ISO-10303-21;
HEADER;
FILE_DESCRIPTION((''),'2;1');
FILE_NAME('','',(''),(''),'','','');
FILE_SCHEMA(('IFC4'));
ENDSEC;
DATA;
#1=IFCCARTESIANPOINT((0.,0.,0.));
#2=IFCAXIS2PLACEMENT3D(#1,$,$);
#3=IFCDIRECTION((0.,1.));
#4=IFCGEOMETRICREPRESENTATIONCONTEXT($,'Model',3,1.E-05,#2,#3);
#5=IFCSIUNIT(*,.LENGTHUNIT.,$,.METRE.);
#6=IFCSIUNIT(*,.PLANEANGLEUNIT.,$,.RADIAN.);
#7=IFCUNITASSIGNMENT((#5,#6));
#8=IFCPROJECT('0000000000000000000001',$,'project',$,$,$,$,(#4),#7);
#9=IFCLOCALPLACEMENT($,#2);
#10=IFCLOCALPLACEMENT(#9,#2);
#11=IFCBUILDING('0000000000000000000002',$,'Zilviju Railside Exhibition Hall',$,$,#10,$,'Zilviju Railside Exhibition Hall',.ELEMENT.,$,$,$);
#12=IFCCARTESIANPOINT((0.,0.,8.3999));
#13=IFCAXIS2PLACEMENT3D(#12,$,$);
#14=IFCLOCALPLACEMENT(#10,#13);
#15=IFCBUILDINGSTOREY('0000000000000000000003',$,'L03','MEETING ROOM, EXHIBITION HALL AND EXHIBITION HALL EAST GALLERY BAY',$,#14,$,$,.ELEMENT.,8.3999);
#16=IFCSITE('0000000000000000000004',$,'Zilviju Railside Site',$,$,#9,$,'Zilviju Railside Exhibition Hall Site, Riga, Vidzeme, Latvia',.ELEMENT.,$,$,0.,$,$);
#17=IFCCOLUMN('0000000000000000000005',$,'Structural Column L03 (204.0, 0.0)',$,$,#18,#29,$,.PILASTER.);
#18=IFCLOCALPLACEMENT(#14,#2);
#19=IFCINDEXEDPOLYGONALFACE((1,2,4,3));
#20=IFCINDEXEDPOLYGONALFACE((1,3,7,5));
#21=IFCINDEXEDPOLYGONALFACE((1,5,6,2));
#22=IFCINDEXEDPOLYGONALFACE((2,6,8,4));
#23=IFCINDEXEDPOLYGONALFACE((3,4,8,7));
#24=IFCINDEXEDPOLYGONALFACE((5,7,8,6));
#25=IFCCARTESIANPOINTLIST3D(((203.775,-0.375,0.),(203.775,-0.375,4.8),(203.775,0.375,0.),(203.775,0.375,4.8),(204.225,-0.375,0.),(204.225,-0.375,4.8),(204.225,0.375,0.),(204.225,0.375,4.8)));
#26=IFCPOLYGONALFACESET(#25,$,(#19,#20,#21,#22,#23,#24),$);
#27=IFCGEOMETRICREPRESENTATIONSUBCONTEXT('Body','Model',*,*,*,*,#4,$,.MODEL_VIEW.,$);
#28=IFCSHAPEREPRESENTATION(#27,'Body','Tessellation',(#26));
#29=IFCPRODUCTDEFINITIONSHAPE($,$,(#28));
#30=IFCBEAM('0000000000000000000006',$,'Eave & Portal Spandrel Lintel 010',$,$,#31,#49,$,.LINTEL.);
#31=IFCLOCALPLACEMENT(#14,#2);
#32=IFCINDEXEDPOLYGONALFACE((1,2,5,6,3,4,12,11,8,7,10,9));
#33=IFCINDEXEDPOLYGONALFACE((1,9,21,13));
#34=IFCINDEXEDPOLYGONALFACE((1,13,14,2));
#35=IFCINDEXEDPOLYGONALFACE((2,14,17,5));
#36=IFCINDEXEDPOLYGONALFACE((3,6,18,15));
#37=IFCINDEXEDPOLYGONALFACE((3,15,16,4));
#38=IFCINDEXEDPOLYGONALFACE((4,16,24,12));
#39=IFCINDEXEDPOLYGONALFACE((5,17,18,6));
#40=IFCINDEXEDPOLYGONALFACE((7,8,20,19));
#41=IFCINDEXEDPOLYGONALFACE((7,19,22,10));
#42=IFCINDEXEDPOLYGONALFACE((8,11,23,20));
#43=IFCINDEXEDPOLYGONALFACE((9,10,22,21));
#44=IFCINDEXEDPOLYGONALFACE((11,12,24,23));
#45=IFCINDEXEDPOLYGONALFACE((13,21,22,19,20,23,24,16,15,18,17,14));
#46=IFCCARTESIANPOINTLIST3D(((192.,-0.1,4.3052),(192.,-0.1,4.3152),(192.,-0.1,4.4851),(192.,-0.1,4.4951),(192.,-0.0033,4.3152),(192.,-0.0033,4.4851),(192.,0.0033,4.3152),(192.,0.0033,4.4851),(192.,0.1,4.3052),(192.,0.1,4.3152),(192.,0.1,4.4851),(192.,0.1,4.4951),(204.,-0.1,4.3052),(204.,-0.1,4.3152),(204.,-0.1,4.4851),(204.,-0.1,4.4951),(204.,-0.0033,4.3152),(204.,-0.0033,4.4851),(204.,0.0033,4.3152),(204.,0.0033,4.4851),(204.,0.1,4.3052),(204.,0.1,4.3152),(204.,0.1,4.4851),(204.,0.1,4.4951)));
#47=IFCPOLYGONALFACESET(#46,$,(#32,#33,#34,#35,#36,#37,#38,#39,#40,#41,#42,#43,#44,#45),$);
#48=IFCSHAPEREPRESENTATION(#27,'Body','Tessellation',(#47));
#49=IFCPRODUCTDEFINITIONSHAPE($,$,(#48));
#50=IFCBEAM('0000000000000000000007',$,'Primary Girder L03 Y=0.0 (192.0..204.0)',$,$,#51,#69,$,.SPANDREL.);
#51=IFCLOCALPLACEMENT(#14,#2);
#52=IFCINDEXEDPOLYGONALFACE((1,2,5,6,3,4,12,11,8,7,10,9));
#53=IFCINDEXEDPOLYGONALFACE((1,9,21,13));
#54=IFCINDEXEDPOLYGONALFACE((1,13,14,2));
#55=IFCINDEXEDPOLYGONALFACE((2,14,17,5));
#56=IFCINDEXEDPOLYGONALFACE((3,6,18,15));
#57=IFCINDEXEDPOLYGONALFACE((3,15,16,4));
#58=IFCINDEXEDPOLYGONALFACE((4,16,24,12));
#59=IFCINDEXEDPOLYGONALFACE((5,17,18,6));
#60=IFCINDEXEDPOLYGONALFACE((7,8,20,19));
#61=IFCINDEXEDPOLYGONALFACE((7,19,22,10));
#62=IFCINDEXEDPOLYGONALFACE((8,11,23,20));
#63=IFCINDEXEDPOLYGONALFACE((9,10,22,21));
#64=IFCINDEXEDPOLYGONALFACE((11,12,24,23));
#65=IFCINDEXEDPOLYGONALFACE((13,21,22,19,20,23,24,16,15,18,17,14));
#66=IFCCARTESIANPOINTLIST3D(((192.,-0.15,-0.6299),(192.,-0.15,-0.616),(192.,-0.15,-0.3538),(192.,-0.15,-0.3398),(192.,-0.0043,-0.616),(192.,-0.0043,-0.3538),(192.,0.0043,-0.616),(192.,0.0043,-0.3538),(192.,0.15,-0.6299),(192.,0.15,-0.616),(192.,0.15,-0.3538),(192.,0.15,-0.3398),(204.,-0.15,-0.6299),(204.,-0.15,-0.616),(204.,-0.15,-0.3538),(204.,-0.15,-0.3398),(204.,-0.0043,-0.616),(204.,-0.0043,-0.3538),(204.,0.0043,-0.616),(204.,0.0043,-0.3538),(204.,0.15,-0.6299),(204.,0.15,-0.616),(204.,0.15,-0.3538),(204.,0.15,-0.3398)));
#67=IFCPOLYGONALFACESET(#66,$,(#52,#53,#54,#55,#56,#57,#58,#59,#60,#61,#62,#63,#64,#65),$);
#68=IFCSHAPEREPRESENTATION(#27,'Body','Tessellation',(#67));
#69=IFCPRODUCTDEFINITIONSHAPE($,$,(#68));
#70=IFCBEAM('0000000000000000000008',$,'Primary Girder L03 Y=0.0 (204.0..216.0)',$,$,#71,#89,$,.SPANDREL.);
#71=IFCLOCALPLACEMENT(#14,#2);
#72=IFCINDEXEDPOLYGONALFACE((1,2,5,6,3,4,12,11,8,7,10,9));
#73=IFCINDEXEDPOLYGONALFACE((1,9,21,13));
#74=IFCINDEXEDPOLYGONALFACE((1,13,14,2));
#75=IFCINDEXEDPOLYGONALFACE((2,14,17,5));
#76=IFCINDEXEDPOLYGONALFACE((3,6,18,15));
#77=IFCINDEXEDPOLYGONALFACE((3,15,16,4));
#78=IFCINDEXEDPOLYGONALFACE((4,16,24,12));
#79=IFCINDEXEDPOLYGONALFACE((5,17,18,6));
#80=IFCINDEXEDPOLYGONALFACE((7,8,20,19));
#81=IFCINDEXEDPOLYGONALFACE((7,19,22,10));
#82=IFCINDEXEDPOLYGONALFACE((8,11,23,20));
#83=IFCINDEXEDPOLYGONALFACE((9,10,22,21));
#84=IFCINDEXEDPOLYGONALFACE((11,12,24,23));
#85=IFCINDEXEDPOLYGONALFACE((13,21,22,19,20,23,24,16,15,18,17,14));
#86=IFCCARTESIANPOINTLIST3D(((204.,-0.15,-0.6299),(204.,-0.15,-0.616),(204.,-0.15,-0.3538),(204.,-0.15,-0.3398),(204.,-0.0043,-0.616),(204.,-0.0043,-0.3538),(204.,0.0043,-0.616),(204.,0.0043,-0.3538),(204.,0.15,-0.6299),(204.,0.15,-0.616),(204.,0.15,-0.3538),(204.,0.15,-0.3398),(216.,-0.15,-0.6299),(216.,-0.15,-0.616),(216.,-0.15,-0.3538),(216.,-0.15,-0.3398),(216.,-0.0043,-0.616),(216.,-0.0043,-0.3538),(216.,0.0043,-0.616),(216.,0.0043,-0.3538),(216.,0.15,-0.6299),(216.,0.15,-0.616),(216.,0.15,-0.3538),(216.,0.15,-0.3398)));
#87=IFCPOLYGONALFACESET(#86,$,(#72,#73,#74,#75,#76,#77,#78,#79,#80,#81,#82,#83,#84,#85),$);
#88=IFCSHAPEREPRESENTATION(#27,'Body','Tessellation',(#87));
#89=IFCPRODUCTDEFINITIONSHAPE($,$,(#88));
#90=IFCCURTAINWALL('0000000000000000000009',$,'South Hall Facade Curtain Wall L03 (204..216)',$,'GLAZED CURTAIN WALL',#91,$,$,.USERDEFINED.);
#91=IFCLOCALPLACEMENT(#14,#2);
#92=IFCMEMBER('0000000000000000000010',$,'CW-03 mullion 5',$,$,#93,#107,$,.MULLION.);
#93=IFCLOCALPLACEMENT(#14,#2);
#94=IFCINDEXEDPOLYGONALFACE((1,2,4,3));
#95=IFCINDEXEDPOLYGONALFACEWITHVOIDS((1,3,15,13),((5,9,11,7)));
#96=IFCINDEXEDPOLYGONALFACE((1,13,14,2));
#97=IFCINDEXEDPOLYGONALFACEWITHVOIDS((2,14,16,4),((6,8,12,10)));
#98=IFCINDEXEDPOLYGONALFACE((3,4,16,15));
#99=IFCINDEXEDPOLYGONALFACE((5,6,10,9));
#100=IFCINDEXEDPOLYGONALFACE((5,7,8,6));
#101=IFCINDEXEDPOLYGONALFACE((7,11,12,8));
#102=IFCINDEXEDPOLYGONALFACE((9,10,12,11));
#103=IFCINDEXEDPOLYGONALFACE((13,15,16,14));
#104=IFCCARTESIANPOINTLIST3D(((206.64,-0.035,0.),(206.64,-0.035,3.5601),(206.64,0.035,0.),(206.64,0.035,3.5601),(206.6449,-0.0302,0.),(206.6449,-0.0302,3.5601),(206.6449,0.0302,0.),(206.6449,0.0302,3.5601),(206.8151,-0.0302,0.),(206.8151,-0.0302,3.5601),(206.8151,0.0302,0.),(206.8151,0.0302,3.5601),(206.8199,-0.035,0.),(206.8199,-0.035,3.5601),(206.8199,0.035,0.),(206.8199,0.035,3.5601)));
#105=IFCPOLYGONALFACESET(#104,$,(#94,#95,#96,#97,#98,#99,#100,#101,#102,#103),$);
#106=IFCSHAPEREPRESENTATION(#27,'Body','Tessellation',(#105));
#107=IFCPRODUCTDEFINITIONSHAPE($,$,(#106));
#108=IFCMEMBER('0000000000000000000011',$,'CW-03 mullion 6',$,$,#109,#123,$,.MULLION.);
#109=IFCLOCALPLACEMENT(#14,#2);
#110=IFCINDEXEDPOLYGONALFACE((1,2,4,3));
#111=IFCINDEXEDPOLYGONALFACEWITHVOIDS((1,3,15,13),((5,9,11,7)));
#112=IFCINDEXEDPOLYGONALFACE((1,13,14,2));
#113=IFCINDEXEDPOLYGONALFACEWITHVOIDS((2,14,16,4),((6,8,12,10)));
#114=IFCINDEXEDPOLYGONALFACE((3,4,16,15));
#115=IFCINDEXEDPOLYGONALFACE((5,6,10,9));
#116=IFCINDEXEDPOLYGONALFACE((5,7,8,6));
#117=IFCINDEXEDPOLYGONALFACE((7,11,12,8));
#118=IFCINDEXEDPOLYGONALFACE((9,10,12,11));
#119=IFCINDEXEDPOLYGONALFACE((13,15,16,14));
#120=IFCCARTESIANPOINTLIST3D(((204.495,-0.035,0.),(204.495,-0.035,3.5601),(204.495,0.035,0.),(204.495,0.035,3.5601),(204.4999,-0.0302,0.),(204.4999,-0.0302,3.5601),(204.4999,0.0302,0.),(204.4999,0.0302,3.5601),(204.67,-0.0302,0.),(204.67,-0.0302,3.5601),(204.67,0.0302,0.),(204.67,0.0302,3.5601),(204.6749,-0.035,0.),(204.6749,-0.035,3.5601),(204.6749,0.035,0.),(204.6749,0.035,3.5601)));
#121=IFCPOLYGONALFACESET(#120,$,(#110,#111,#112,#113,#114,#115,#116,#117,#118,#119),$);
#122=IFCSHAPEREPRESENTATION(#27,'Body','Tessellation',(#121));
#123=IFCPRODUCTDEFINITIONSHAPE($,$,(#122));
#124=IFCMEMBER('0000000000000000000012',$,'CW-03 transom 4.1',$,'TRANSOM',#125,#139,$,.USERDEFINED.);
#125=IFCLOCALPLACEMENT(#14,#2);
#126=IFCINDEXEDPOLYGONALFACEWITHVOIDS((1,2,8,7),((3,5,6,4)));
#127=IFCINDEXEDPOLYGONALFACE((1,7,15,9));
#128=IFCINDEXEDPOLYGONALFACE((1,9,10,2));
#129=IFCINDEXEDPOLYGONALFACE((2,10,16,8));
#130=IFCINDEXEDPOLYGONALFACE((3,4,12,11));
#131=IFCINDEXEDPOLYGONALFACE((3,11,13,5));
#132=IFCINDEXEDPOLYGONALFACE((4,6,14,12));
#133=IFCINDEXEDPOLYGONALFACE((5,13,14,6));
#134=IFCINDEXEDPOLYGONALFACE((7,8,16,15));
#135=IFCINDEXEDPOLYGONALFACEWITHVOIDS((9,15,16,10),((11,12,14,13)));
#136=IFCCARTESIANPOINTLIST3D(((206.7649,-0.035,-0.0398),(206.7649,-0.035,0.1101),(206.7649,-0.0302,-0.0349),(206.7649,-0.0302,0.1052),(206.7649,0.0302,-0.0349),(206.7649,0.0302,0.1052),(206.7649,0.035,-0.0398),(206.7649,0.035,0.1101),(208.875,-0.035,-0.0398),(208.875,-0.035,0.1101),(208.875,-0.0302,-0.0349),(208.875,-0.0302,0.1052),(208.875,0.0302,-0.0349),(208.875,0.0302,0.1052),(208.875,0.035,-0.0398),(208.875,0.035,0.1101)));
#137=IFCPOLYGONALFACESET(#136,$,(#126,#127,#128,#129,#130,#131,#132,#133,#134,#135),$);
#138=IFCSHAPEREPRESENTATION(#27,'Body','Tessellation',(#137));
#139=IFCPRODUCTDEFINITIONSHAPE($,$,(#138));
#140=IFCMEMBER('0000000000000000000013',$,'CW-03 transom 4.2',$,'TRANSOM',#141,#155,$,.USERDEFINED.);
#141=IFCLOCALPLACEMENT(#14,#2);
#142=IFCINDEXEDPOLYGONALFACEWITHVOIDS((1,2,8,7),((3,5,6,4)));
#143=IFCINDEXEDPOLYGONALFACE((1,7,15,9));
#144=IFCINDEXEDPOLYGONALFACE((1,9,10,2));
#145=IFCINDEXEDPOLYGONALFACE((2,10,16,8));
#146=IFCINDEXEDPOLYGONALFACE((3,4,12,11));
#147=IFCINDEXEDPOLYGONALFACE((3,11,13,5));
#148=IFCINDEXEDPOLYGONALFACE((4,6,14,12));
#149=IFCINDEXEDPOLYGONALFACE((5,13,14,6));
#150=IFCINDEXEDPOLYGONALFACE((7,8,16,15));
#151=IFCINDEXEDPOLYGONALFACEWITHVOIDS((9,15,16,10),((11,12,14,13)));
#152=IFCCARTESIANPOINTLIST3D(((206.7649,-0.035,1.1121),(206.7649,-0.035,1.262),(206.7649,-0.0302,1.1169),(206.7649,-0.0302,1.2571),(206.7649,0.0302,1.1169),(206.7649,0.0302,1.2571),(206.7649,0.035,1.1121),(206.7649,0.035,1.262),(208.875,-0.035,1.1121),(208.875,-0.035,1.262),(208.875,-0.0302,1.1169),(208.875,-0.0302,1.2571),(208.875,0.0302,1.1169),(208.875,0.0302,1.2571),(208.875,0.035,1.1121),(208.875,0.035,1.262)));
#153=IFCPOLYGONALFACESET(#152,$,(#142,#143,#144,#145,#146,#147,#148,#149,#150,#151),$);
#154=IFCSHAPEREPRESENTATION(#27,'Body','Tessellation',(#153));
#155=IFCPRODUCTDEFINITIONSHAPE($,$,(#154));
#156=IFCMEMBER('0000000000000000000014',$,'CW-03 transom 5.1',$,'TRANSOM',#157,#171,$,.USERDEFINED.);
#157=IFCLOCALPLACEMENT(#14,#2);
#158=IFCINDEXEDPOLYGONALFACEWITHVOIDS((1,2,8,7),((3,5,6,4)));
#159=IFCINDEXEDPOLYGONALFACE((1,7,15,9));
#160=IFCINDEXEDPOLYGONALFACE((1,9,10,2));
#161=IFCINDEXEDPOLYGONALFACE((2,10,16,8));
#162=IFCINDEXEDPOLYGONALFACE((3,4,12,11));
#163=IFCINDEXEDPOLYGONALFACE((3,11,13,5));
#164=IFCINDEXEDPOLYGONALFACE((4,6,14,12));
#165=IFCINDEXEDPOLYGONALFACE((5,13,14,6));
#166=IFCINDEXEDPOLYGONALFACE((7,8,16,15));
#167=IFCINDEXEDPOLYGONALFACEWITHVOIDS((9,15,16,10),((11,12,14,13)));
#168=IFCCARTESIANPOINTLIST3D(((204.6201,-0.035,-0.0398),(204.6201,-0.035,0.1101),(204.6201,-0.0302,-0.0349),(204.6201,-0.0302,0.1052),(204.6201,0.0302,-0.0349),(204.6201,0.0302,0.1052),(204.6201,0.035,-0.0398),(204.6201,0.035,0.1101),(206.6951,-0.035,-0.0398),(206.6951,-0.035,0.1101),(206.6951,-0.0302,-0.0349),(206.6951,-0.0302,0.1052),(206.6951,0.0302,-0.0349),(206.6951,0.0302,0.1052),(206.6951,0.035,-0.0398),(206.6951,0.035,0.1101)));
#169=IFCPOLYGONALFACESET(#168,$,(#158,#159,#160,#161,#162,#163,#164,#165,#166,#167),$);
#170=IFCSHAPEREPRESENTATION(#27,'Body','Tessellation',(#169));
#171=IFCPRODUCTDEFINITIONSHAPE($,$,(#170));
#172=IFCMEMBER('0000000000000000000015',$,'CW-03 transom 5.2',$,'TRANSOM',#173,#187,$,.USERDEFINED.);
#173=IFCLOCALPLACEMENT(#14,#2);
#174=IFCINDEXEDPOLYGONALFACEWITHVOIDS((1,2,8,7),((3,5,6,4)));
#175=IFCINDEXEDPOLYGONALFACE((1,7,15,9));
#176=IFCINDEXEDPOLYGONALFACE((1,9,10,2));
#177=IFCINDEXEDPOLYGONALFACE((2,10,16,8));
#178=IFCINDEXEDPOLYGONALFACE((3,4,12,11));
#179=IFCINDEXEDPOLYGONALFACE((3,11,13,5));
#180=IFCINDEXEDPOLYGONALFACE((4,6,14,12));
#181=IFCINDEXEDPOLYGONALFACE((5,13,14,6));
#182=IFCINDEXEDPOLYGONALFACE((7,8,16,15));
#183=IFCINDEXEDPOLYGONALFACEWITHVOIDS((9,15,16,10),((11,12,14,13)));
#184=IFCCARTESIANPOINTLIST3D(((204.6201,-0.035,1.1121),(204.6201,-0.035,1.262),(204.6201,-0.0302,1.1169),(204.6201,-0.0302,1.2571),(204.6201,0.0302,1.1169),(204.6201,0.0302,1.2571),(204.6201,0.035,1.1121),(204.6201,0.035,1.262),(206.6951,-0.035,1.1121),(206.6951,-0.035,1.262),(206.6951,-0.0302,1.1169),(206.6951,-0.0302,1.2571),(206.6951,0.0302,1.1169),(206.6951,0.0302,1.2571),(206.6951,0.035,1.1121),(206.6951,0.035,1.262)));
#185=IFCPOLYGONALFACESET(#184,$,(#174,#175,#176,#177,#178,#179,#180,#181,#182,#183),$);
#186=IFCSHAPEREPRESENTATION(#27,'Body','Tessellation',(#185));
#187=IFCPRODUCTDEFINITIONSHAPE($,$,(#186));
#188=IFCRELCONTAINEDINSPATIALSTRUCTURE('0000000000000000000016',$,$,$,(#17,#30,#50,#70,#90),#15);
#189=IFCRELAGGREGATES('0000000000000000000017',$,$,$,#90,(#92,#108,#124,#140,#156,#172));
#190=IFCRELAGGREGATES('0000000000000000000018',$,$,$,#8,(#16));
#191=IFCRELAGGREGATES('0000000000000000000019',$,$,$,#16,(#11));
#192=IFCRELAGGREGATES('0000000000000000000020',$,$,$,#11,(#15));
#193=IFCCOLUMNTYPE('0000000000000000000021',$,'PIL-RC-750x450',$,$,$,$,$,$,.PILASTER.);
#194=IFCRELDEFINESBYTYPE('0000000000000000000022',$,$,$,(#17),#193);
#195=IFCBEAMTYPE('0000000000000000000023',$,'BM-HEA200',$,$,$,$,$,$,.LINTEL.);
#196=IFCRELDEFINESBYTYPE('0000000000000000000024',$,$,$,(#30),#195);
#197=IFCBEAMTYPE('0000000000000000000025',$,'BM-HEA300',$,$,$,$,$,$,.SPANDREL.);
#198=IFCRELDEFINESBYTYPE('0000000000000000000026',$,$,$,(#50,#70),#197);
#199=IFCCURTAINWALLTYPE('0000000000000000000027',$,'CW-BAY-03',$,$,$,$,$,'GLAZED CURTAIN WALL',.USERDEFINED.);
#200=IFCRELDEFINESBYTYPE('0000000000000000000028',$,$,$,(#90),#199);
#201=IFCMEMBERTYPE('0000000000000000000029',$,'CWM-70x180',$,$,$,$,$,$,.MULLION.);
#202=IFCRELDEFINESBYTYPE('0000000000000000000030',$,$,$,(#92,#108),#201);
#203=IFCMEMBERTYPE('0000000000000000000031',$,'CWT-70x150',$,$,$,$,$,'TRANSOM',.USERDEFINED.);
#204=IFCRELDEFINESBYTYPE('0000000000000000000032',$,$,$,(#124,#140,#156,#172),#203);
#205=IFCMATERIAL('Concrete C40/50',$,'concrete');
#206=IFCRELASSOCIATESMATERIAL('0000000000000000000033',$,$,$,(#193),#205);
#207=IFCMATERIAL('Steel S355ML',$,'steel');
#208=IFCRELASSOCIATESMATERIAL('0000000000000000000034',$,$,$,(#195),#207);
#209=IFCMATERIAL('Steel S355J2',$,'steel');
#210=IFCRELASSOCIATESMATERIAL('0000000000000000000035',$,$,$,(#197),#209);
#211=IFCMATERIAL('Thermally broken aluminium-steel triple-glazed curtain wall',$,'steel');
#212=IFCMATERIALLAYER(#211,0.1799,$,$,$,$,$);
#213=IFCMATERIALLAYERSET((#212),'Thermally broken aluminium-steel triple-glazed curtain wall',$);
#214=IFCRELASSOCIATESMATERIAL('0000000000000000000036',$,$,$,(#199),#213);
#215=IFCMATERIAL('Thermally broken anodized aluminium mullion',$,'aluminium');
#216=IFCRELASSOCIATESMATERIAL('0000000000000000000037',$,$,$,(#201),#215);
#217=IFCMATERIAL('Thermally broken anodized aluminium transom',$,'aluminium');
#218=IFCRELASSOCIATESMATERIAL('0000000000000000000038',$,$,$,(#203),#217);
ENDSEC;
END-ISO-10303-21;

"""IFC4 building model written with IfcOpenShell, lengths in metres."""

from ifc_helpers import new_model, si_unit, direction, frame, origin, origin_2d, place, context, subcontext, project, spatial, rectangle, hollow_rectangle, i_section, extrude, material, layer, layer_set, material_profile, profile_set, type_object, element, aggregate, save


model = new_model("IFC4")

# Units and contexts
model_context = context("Model", 3, precision=1e-05, world=origin(), true_north=direction((0.0, 1.0)))
body_context = subcontext(model_context, "Body", "Model", "MODEL_VIEW")
ifc_project = project(units=[si_unit("LENGTHUNIT", "METRE"), si_unit("PLANEANGLEUNIT", "RADIAN")], contexts=[model_context])

# Site, building, storey
site_placement = place(None, origin())
site = spatial("IfcSite", under=ifc_project, at=site_placement, Name="Zilviju Railside Site", LongName="Zilviju Railside Exhibition Hall Site, Riga, Vidzeme, Latvia", CompositionType="ELEMENT", RefElevation=0.0)
building_placement = place(site_placement, origin())
building = spatial("IfcBuilding", under=site, at=building_placement, Name="Zilviju Railside Exhibition Hall", LongName="Zilviju Railside Exhibition Hall", CompositionType="ELEMENT")
storey_placement = place(building_placement, frame((0.0, 0.0, 8.3999)))
storey = spatial("IfcBuildingStorey", under=building, at=storey_placement, Name="L03", Description="MEETING ROOM, EXHIBITION HALL AND EXHIBITION HALL EAST GALLERY BAY", CompositionType="ELEMENT", Elevation=8.3999)

# Column
ifc_material_1 = material(Name="Concrete C40/50", Category="concrete")
ifc_material_profile_1 = material_profile(ifc_material_1, rectangle(XDim=0.45, YDim=0.75, at=origin_2d()), Name="RC COL 450x750")
ifc_profile_set_1 = profile_set([ifc_material_profile_1], Name="Concrete C40/50")
column_type = type_object("IfcColumnType", Name="PIL-RC-750x450", PredefinedType="PILASTER", material=ifc_profile_set_1)
column_placement = place(storey_placement, frame((204.0, 0.0, 0.0), z_axis=(0.0, 0.0, 1.0), x_axis=(1.0, 0.0, 0.0)))
element("IfcColumn", 1, at=column_placement, inside=storey, type_object=column_type, Name="Structural Column L03 (204.0, 0.0)", PredefinedType="PILASTER", context=body_context, shape_type="SweptSolid", body=[
    extrude(rectangle(XDim=0.45, YDim=0.75, at=origin_2d()), origin(), (0.0, 0.0, 1.0), 4.8),
])

# Beams
ifc_material_2 = material(Name="Steel S355ML", Category="steel")
ifc_material_profile_2 = material_profile(ifc_material_2, i_section(OverallWidth=0.2, OverallDepth=0.1899, WebThickness=0.0066, FlangeThickness=0.01, at=origin_2d()), Name="HEA 200")
ifc_profile_set_2 = profile_set([ifc_material_profile_2], Name="Steel S355ML")
beam_type_1 = type_object("IfcBeamType", Name="BM-HEA200", PredefinedType="LINTEL", material=ifc_profile_set_2)
beam_placement = place(storey_placement, frame((192.0, 0.0, 4.4001), z_axis=(1.0, 0.0, 0.0), x_axis=(0.0, 1.0, 0.0)))
element("IfcBeam", 2, at=beam_placement, inside=storey, type_object=beam_type_1, Name="Eave & Portal Spandrel Lintel 010", PredefinedType="LINTEL", context=body_context, shape_type="SweptSolid", body=[
    extrude(i_section(OverallWidth=0.2, OverallDepth=0.1899, WebThickness=0.0066, FlangeThickness=0.01, at=origin_2d()), origin(), (0.0, 0.0, 1.0), 12.0),
])
ifc_material_3 = material(Name="Steel S355J2", Category="steel")
ifc_material_profile_3 = material_profile(ifc_material_3, i_section(OverallWidth=0.3, OverallDepth=0.29, WebThickness=0.0085, FlangeThickness=0.0139, at=origin_2d()), Name="HEA 300")
ifc_profile_set_3 = profile_set([ifc_material_profile_3], Name="Steel S355J2")
beam_type_2 = type_object("IfcBeamType", Name="BM-HEA300", PredefinedType="SPANDREL", material=ifc_profile_set_3)
for number, where, z_axis, x_axis, name in (
    (3, (192.0, 0.0, -0.4849), (1.0, 0.0, 0.0), (0.0, 1.0, 0.0), "Primary Girder L03 Y=0.0 (192.0..204.0)"),
    (4, (204.0, 0.0, -0.4849), (1.0, 0.0, 0.0), (0.0, 1.0, 0.0), "Primary Girder L03 Y=0.0 (204.0..216.0)"),
):
    element("IfcBeam", number, at=place(storey_placement, frame(where, z_axis=z_axis, x_axis=x_axis)), inside=storey, type_object=beam_type_2, Name=name, PredefinedType="SPANDREL", context=body_context, shape_type="SweptSolid", body=[
        extrude(i_section(OverallWidth=0.3, OverallDepth=0.29, WebThickness=0.0085, FlangeThickness=0.0139, at=origin_2d()), origin(), (0.0, 0.0, 1.0), 12.0),
    ])

# Curtain wall, members
ifc_material_4 = material(Name="Thermally broken aluminium-steel triple-glazed curtain wall", Category="steel")
ifc_layer_1 = layer(ifc_material_4, 0.1799)
ifc_layer_set_1 = layer_set([ifc_layer_1], Name="Thermally broken aluminium-steel triple-glazed curtain wall")
curtain_wall_type = type_object("IfcCurtainWallType", Name="CW-BAY-03", ElementType="GLAZED CURTAIN WALL", PredefinedType="USERDEFINED", material=ifc_layer_set_1)
curtain_wall_placement = place(storey_placement, origin())
curtain_wall = element("IfcCurtainWall", 5, at=curtain_wall_placement, inside=storey, type_object=curtain_wall_type, Name="South Hall Facade Curtain Wall L03 (204..216)", ObjectType="GLAZED CURTAIN WALL", PredefinedType="USERDEFINED")
ifc_material_5 = material(Name="Thermally broken anodized aluminium mullion", Category="aluminium")
ifc_material_profile_4 = material_profile(ifc_material_5, hollow_rectangle(XDim=0.0701, YDim=0.1799, WallThickness=0.0049, at=origin_2d()), Name="MULLION 180x70x5")
ifc_profile_set_4 = profile_set([ifc_material_profile_4], Name="Thermally broken anodized aluminium mullion")
member_type_1 = type_object("IfcMemberType", Name="CWM-70x180", PredefinedType="MULLION", material=ifc_profile_set_4)
member_1_placement = place(storey_placement, frame((206.73, 0.0, 0.0), z_axis=(0.0, 0.0, 1.0), x_axis=(0.0, -1.0, 0.0)))
member_1 = element("IfcMember", 6, at=member_1_placement, type_object=member_type_1, Name="CW-03 mullion 5", PredefinedType="MULLION", context=body_context, shape_type="SweptSolid", body=[
    extrude(hollow_rectangle(XDim=0.0701, YDim=0.1799, WallThickness=0.0049, at=origin_2d()), origin(), (0.0, 0.0, 1.0), 3.5601),
])
member_2_placement = place(storey_placement, frame((204.585, 0.0, 0.0), z_axis=(0.0, 0.0, 1.0), x_axis=(0.0, -1.0, 0.0)))
member_2 = element("IfcMember", 7, at=member_2_placement, type_object=member_type_1, Name="CW-03 mullion 6", PredefinedType="MULLION", context=body_context, shape_type="SweptSolid", body=[
    extrude(hollow_rectangle(XDim=0.0701, YDim=0.1799, WallThickness=0.0049, at=origin_2d()), origin(), (0.0, 0.0, 1.0), 3.5601),
])
ifc_material_6 = material(Name="Thermally broken anodized aluminium transom", Category="aluminium")
ifc_material_profile_5 = material_profile(ifc_material_6, hollow_rectangle(XDim=0.0701, YDim=0.1499, WallThickness=0.0049, at=origin_2d()), Name="TRANSOM 150x70x5")
ifc_profile_set_5 = profile_set([ifc_material_profile_5], Name="Thermally broken anodized aluminium transom")
member_type_2 = type_object("IfcMemberType", Name="CWT-70x150", ElementType="TRANSOM", PredefinedType="USERDEFINED", material=ifc_profile_set_5)
member_3_placement = place(storey_placement, frame((208.875, 0.0, 0.0352), z_axis=(-1.0, 0.0, 0.0), x_axis=(0.0, -1.0, 0.0)))
member_3 = element("IfcMember", 8, at=member_3_placement, type_object=member_type_2, Name="CW-03 transom 4.1", ObjectType="TRANSOM", PredefinedType="USERDEFINED", context=body_context, shape_type="SweptSolid", body=[
    extrude(hollow_rectangle(XDim=0.0701, YDim=0.1499, WallThickness=0.0049, at=origin_2d()), origin(), (0.0, 0.0, 1.0), 2.1101),
])
member_4_placement = place(storey_placement, frame((208.875, 0.0, 1.187), z_axis=(-1.0, 0.0, 0.0), x_axis=(0.0, -1.0, 0.0)))
member_4 = element("IfcMember", 9, at=member_4_placement, type_object=member_type_2, Name="CW-03 transom 4.2", ObjectType="TRANSOM", PredefinedType="USERDEFINED", context=body_context, shape_type="SweptSolid", body=[
    extrude(hollow_rectangle(XDim=0.0701, YDim=0.1499, WallThickness=0.0049, at=origin_2d()), origin(), (0.0, 0.0, 1.0), 2.1101),
])
member_5_placement = place(storey_placement, frame((206.6951, 0.0, 0.0352), z_axis=(-1.0, 0.0, 0.0), x_axis=(0.0, -1.0, 0.0)))
member_5 = element("IfcMember", 10, at=member_5_placement, type_object=member_type_2, Name="CW-03 transom 5.1", ObjectType="TRANSOM", PredefinedType="USERDEFINED", context=body_context, shape_type="SweptSolid", body=[
    extrude(hollow_rectangle(XDim=0.0701, YDim=0.1499, WallThickness=0.0049, at=origin_2d()), origin(), (0.0, 0.0, 1.0), 2.075),
])
member_6_placement = place(storey_placement, frame((206.6951, 0.0, 1.187), z_axis=(-1.0, 0.0, 0.0), x_axis=(0.0, -1.0, 0.0)))
member_6 = element("IfcMember", 11, at=member_6_placement, type_object=member_type_2, Name="CW-03 transom 5.2", ObjectType="TRANSOM", PredefinedType="USERDEFINED", context=body_context, shape_type="SweptSolid", body=[
    extrude(hollow_rectangle(XDim=0.0701, YDim=0.1499, WallThickness=0.0049, at=origin_2d()), origin(), (0.0, 0.0, 1.0), 2.075),
])
aggregate(curtain_wall, [member_1, member_2, member_3, member_4, member_5, member_6])

save(model, "model.ifc")
